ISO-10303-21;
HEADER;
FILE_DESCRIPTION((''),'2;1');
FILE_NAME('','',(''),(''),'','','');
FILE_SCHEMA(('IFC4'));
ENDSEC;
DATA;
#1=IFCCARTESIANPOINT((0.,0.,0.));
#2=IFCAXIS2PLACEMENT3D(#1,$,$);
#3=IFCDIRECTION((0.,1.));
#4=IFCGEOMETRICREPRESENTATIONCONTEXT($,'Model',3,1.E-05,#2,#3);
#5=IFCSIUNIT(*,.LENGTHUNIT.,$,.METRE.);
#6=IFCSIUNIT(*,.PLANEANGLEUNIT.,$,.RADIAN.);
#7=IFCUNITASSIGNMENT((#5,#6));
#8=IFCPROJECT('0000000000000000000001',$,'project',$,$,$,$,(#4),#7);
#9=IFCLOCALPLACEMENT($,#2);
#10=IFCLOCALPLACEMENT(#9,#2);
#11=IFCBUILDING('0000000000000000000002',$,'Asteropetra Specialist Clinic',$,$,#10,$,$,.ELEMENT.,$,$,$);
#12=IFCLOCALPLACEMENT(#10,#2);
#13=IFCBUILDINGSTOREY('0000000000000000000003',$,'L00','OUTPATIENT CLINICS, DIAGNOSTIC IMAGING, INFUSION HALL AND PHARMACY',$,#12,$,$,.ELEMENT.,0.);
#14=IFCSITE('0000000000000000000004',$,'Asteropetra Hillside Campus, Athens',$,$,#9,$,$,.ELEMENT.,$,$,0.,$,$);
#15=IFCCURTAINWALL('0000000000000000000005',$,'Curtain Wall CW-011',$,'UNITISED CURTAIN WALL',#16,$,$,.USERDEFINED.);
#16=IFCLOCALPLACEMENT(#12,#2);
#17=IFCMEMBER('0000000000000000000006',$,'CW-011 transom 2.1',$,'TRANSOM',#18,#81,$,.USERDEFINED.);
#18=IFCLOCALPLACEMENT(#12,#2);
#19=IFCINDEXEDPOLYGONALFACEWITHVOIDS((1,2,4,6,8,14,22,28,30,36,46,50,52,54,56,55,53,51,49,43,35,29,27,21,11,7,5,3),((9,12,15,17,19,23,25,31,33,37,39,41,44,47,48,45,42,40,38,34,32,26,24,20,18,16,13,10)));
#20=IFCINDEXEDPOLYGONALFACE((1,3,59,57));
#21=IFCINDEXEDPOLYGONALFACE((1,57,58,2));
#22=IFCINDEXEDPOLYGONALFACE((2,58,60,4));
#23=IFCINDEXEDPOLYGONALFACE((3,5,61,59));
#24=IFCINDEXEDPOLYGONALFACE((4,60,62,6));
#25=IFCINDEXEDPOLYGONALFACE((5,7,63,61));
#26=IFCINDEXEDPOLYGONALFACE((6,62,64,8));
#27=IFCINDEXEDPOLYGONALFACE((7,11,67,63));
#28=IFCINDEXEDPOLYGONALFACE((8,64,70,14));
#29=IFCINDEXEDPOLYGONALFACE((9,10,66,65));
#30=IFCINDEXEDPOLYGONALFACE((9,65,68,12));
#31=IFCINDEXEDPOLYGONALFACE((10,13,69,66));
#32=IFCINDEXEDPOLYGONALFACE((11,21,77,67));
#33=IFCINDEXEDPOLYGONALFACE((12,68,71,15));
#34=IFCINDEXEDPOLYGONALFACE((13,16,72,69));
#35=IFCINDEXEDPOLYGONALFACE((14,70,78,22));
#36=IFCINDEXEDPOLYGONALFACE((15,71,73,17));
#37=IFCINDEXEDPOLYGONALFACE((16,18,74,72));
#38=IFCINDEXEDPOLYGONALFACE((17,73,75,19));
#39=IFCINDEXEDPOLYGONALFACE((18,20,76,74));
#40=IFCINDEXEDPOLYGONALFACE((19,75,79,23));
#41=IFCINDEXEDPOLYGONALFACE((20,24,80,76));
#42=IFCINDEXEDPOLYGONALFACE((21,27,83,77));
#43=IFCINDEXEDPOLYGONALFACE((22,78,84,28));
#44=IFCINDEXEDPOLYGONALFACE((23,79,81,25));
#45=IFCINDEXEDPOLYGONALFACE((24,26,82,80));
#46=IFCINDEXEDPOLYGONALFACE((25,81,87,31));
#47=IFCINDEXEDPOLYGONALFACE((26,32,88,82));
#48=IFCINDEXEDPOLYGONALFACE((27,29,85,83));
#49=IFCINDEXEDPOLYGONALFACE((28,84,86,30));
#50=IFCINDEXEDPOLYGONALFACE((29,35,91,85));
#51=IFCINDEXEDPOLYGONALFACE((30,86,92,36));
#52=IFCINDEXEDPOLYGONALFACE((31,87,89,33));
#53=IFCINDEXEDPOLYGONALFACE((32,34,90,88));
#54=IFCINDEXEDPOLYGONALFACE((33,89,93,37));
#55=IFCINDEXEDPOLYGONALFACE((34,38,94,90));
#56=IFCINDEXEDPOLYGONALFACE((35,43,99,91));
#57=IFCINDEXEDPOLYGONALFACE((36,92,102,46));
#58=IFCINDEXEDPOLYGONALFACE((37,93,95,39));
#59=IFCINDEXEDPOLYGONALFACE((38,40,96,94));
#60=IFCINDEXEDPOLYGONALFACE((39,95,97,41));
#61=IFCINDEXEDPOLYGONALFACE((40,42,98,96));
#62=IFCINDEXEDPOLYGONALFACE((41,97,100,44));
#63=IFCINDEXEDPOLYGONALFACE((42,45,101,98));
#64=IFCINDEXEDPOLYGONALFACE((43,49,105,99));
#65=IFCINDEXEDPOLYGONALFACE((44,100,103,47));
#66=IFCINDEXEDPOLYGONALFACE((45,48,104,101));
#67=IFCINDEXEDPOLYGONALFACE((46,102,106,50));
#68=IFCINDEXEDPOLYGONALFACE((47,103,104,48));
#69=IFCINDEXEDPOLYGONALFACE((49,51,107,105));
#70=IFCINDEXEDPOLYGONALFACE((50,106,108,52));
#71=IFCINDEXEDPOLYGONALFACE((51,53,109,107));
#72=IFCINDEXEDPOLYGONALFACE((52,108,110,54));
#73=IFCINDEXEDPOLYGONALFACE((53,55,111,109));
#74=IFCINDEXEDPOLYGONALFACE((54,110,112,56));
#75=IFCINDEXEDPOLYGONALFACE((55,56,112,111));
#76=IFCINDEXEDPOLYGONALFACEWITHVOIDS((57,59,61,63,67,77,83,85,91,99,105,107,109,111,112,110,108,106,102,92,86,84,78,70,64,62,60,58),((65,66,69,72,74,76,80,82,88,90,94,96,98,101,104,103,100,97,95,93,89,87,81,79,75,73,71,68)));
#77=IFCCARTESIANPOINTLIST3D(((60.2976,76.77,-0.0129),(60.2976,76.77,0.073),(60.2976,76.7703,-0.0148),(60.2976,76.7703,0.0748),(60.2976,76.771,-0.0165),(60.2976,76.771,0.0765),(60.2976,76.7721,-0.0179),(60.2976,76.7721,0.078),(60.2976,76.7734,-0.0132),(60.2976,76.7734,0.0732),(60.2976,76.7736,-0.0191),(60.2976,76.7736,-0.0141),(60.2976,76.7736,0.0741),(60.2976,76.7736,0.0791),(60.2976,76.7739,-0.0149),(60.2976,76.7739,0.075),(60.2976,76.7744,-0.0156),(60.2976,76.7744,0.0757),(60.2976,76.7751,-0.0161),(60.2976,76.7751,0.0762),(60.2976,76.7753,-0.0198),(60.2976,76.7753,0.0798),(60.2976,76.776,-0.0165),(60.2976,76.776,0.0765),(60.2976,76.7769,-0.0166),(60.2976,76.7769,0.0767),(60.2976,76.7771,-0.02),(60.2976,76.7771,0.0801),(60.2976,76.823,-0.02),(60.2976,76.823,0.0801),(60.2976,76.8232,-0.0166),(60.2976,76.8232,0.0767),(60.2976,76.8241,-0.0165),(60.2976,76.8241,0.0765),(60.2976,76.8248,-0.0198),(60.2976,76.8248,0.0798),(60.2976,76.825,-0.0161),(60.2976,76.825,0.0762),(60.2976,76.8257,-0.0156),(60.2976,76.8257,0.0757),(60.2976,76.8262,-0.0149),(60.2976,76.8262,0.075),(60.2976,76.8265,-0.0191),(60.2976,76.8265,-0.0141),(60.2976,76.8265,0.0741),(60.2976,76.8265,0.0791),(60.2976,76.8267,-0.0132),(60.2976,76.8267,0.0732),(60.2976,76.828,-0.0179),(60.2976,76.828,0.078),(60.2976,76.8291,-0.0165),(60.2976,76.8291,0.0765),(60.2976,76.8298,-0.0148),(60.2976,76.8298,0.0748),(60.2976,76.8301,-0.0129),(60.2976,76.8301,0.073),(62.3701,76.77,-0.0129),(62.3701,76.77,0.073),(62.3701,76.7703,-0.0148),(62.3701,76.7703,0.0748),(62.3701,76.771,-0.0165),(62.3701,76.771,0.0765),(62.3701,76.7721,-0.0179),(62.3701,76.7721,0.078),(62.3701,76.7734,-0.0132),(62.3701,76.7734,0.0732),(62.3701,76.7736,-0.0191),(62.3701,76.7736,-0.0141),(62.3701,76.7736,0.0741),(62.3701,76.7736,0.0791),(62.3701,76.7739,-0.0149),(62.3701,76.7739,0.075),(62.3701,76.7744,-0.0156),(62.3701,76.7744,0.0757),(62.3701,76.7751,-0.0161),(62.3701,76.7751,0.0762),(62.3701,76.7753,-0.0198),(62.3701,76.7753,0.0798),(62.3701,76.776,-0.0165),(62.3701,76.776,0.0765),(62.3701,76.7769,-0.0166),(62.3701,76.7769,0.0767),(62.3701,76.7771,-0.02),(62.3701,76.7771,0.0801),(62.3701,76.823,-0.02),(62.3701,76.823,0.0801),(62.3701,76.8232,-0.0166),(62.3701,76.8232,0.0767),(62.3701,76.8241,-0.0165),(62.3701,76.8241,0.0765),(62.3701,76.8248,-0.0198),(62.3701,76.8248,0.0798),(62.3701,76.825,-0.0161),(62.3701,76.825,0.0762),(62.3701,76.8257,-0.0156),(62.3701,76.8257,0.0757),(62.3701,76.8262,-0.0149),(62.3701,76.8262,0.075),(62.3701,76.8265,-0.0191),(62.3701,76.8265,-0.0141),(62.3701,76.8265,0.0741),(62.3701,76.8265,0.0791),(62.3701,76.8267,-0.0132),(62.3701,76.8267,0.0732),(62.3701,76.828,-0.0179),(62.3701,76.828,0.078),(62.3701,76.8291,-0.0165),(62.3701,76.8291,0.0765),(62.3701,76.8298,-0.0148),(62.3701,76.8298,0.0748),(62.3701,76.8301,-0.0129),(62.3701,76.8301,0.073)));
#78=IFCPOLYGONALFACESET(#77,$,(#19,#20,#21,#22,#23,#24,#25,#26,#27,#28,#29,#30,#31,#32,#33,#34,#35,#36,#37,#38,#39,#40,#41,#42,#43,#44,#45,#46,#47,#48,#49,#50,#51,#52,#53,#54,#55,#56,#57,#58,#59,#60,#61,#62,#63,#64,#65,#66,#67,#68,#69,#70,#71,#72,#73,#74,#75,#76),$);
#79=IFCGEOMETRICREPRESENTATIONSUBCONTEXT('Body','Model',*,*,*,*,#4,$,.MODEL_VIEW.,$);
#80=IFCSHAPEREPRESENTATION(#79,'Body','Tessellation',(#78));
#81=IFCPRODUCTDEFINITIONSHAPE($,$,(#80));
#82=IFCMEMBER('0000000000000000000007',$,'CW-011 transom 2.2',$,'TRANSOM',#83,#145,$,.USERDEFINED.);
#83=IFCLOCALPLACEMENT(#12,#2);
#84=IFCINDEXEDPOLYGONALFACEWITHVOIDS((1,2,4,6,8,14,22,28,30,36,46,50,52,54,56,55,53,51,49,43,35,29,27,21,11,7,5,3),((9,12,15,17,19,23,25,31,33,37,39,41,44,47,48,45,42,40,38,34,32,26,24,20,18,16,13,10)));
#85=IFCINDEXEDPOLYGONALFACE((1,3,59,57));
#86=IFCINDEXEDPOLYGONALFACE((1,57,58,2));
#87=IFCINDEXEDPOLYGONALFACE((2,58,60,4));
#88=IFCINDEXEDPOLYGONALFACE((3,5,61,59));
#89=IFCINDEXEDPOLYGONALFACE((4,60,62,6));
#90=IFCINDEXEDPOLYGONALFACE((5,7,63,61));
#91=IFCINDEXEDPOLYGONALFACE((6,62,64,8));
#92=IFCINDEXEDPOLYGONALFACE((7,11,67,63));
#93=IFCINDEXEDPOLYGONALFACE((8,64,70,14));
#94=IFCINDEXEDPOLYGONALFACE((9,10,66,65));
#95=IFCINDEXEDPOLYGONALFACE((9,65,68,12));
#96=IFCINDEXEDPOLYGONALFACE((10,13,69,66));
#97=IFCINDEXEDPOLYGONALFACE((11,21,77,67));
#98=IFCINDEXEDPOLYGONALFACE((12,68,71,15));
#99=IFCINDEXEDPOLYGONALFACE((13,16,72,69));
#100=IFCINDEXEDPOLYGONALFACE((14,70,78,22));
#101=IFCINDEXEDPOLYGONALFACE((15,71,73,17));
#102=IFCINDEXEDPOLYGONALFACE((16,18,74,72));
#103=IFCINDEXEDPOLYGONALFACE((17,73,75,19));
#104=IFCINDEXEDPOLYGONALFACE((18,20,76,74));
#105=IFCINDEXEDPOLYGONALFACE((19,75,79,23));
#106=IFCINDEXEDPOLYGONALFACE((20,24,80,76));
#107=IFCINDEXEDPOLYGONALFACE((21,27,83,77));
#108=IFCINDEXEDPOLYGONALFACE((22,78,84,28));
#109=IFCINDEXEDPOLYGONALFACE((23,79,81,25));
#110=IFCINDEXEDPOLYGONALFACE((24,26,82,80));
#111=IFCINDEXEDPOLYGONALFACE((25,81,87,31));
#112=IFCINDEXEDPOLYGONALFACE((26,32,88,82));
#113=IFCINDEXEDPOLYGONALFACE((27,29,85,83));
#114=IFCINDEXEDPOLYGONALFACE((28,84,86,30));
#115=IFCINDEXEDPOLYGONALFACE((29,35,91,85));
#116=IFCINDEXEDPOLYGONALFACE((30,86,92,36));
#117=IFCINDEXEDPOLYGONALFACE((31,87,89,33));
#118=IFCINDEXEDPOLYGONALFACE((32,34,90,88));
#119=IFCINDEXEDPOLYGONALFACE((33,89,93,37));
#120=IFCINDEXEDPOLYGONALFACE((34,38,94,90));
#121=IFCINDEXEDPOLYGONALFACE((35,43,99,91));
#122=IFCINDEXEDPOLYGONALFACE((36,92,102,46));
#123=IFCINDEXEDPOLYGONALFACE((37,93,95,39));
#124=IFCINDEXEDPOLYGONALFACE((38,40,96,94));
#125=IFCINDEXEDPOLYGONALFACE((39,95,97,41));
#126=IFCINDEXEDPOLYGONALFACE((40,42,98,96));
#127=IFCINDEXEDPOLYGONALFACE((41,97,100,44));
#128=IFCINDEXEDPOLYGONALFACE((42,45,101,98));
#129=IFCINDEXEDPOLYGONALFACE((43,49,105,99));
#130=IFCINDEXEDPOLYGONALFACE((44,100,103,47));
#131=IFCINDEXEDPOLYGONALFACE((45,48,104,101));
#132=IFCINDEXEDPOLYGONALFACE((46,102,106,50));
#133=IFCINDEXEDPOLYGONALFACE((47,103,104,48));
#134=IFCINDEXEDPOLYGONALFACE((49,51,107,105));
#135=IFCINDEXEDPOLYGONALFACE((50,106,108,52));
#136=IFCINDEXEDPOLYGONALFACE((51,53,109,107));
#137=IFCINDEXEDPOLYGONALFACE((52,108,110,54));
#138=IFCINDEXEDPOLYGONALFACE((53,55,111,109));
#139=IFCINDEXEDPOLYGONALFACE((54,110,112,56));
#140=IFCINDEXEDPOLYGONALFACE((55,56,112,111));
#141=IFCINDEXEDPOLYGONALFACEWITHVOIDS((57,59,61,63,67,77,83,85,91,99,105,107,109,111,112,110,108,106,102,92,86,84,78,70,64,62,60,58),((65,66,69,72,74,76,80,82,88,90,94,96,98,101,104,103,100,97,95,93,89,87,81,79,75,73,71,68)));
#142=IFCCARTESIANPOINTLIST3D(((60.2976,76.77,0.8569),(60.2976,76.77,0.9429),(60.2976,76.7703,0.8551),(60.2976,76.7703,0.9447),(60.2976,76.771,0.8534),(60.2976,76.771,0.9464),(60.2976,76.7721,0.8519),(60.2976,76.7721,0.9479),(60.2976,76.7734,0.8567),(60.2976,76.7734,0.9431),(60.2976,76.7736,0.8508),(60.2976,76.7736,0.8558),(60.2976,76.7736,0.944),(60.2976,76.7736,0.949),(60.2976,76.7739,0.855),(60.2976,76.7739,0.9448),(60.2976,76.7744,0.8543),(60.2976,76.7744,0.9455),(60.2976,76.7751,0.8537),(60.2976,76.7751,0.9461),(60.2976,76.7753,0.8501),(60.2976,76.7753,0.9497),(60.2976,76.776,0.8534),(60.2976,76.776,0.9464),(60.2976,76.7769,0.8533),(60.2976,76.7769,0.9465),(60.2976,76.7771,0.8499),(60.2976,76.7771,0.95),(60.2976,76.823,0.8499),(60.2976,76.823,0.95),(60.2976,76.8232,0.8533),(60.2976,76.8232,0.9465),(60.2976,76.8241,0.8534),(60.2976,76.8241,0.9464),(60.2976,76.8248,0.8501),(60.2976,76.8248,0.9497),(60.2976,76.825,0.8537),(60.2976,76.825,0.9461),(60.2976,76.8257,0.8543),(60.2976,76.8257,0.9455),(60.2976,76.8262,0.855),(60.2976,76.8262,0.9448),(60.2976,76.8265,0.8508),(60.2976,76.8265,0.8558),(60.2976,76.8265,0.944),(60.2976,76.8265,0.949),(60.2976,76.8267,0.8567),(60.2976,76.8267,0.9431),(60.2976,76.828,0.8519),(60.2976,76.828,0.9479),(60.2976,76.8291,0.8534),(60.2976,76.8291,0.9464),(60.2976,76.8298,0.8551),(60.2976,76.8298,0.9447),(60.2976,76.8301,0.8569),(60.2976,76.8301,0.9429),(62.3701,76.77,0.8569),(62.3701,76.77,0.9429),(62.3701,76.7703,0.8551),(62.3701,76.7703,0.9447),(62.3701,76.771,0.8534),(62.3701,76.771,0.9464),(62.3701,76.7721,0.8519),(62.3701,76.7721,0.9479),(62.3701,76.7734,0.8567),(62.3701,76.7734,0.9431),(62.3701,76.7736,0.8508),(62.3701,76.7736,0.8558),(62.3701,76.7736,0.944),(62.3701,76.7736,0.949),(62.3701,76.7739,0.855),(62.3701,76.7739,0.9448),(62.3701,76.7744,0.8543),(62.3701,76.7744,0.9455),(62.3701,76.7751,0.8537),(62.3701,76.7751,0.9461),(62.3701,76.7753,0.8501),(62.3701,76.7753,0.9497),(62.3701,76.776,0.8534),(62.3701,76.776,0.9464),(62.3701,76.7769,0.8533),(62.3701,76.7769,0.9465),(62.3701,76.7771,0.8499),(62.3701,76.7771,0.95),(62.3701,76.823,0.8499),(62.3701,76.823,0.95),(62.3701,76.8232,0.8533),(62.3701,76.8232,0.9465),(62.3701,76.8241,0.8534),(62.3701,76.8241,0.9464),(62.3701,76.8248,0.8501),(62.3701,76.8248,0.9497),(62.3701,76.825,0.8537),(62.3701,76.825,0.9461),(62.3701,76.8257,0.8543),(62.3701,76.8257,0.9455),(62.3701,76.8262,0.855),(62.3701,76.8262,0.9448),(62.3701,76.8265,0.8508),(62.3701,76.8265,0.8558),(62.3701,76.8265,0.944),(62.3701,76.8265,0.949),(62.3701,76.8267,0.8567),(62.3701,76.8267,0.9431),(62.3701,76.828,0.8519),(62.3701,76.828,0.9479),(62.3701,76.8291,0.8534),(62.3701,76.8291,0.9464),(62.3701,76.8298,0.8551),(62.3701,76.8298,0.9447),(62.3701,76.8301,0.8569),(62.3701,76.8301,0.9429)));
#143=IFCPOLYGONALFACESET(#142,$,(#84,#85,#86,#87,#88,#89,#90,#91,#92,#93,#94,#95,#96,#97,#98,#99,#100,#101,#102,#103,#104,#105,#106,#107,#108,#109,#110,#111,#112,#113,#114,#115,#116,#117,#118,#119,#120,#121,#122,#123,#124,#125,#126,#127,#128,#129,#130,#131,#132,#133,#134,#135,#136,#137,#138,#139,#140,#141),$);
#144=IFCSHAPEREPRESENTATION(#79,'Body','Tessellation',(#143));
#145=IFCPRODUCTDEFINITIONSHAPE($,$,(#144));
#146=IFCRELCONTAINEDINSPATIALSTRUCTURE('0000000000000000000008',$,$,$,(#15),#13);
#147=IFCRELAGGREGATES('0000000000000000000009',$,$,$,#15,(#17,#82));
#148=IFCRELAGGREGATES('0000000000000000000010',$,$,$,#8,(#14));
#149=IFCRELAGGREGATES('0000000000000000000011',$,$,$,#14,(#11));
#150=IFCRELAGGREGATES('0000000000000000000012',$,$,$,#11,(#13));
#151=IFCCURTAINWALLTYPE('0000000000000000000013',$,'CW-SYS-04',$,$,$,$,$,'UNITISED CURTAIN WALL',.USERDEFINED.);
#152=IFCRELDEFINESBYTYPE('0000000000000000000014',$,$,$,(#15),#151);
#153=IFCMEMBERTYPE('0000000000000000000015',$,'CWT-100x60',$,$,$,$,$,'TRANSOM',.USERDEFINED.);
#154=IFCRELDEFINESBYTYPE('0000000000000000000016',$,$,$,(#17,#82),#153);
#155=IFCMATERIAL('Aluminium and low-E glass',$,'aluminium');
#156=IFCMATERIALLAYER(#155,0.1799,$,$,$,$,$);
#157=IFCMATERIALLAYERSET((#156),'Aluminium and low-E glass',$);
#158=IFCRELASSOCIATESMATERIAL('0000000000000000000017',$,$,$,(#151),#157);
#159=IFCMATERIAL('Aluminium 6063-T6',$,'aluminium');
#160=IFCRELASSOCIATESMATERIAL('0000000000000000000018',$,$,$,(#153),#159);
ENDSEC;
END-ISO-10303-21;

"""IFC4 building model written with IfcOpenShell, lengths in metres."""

from ifc_helpers import new_model, si_unit, direction, frame, origin, origin_2d, place, context, subcontext, project, spatial, hollow_rectangle, extrude, material, layer, layer_set, material_profile, profile_set, type_object, element, aggregate, save


model = new_model("IFC4")

# Units and contexts
model_context = context("Model", 3, precision=1e-05, world=origin(), true_north=direction((0.0, 1.0)))
body_context = subcontext(model_context, "Body", "Model", "MODEL_VIEW")
ifc_project = project(units=[si_unit("LENGTHUNIT", "METRE"), si_unit("PLANEANGLEUNIT", "RADIAN")], contexts=[model_context])

# Site, building, storey
site_placement = place(None, origin())
site = spatial("IfcSite", under=ifc_project, at=site_placement, Name="Asteropetra Hillside Campus, Athens", CompositionType="ELEMENT", RefElevation=0.0)
building_placement = place(site_placement, origin())
building = spatial("IfcBuilding", under=site, at=building_placement, Name="Asteropetra Specialist Clinic", CompositionType="ELEMENT")
storey_placement = place(building_placement, origin())
storey = spatial("IfcBuildingStorey", under=building, at=storey_placement, Name="L00", Description="OUTPATIENT CLINICS, DIAGNOSTIC IMAGING, INFUSION HALL AND PHARMACY", CompositionType="ELEMENT", Elevation=0.0)

# Curtain wall, members
ifc_material_1 = material(Name="Aluminium and low-E glass", Category="aluminium")
ifc_layer_1 = layer(ifc_material_1, 0.1799)
ifc_layer_set_1 = layer_set([ifc_layer_1], Name="Aluminium and low-E glass")
curtain_wall_type_1 = type_object("IfcCurtainWallType", Name="CW-SYS-04", ElementType="UNITISED CURTAIN WALL", PredefinedType="USERDEFINED", material=ifc_layer_set_1)
curtain_wall_1_placement = place(storey_placement, origin())
curtain_wall_1 = element("IfcCurtainWall", 1, at=curtain_wall_1_placement, inside=storey, type_object=curtain_wall_type_1, Name="Curtain Wall CW-011", ObjectType="UNITISED CURTAIN WALL", PredefinedType="USERDEFINED")
ifc_material_2 = material(Name="Aluminium 6063-T6", Category="aluminium")
ifc_material_profile_1 = material_profile(ifc_material_2, hollow_rectangle(XDim=0.0601, YDim=0.1001, WallThickness=0.0034, InnerFilletRadius=0.0034, OuterFilletRadius=0.0071, at=origin_2d()), Name="TRN 100x60x3.5")
ifc_profile_set_1 = profile_set([ifc_material_profile_1], Name="Aluminium 6063-T6")
member_type_1 = type_object("IfcMemberType", Name="CWT-100x60", ElementType="TRANSOM", PredefinedType="USERDEFINED", material=ifc_profile_set_1)
member_1_placement = place(storey_placement, frame((60.2976, 76.8, 0.03), z_axis=(1.0, 0.0, 0.0), x_axis=(0.0, 1.0, 0.0)))
member_1 = element("IfcMember", 2, at=member_1_placement, type_object=member_type_1, Name="CW-011 transom 2.1", ObjectType="TRANSOM", PredefinedType="USERDEFINED", context=body_context, shape_type="SweptSolid", body=[
    extrude(hollow_rectangle(XDim=0.0601, YDim=0.1001, WallThickness=0.0034, InnerFilletRadius=0.0034, OuterFilletRadius=0.0071, at=origin_2d()), origin(), (0.0, 0.0, 1.0), 2.0725),
])
member_2_placement = place(storey_placement, frame((60.2976, 76.8, 0.8999), z_axis=(1.0, 0.0, 0.0), x_axis=(0.0, 1.0, 0.0)))
member_2 = element("IfcMember", 3, at=member_2_placement, type_object=member_type_1, Name="CW-011 transom 2.2", ObjectType="TRANSOM", PredefinedType="USERDEFINED", context=body_context, shape_type="SweptSolid", body=[
    extrude(hollow_rectangle(XDim=0.0601, YDim=0.1001, WallThickness=0.0034, InnerFilletRadius=0.0034, OuterFilletRadius=0.0071, at=origin_2d()), origin(), (0.0, 0.0, 1.0), 2.0725),
])

aggregate(curtain_wall_1, [member_1, member_2])

save(model, "model.ifc")
